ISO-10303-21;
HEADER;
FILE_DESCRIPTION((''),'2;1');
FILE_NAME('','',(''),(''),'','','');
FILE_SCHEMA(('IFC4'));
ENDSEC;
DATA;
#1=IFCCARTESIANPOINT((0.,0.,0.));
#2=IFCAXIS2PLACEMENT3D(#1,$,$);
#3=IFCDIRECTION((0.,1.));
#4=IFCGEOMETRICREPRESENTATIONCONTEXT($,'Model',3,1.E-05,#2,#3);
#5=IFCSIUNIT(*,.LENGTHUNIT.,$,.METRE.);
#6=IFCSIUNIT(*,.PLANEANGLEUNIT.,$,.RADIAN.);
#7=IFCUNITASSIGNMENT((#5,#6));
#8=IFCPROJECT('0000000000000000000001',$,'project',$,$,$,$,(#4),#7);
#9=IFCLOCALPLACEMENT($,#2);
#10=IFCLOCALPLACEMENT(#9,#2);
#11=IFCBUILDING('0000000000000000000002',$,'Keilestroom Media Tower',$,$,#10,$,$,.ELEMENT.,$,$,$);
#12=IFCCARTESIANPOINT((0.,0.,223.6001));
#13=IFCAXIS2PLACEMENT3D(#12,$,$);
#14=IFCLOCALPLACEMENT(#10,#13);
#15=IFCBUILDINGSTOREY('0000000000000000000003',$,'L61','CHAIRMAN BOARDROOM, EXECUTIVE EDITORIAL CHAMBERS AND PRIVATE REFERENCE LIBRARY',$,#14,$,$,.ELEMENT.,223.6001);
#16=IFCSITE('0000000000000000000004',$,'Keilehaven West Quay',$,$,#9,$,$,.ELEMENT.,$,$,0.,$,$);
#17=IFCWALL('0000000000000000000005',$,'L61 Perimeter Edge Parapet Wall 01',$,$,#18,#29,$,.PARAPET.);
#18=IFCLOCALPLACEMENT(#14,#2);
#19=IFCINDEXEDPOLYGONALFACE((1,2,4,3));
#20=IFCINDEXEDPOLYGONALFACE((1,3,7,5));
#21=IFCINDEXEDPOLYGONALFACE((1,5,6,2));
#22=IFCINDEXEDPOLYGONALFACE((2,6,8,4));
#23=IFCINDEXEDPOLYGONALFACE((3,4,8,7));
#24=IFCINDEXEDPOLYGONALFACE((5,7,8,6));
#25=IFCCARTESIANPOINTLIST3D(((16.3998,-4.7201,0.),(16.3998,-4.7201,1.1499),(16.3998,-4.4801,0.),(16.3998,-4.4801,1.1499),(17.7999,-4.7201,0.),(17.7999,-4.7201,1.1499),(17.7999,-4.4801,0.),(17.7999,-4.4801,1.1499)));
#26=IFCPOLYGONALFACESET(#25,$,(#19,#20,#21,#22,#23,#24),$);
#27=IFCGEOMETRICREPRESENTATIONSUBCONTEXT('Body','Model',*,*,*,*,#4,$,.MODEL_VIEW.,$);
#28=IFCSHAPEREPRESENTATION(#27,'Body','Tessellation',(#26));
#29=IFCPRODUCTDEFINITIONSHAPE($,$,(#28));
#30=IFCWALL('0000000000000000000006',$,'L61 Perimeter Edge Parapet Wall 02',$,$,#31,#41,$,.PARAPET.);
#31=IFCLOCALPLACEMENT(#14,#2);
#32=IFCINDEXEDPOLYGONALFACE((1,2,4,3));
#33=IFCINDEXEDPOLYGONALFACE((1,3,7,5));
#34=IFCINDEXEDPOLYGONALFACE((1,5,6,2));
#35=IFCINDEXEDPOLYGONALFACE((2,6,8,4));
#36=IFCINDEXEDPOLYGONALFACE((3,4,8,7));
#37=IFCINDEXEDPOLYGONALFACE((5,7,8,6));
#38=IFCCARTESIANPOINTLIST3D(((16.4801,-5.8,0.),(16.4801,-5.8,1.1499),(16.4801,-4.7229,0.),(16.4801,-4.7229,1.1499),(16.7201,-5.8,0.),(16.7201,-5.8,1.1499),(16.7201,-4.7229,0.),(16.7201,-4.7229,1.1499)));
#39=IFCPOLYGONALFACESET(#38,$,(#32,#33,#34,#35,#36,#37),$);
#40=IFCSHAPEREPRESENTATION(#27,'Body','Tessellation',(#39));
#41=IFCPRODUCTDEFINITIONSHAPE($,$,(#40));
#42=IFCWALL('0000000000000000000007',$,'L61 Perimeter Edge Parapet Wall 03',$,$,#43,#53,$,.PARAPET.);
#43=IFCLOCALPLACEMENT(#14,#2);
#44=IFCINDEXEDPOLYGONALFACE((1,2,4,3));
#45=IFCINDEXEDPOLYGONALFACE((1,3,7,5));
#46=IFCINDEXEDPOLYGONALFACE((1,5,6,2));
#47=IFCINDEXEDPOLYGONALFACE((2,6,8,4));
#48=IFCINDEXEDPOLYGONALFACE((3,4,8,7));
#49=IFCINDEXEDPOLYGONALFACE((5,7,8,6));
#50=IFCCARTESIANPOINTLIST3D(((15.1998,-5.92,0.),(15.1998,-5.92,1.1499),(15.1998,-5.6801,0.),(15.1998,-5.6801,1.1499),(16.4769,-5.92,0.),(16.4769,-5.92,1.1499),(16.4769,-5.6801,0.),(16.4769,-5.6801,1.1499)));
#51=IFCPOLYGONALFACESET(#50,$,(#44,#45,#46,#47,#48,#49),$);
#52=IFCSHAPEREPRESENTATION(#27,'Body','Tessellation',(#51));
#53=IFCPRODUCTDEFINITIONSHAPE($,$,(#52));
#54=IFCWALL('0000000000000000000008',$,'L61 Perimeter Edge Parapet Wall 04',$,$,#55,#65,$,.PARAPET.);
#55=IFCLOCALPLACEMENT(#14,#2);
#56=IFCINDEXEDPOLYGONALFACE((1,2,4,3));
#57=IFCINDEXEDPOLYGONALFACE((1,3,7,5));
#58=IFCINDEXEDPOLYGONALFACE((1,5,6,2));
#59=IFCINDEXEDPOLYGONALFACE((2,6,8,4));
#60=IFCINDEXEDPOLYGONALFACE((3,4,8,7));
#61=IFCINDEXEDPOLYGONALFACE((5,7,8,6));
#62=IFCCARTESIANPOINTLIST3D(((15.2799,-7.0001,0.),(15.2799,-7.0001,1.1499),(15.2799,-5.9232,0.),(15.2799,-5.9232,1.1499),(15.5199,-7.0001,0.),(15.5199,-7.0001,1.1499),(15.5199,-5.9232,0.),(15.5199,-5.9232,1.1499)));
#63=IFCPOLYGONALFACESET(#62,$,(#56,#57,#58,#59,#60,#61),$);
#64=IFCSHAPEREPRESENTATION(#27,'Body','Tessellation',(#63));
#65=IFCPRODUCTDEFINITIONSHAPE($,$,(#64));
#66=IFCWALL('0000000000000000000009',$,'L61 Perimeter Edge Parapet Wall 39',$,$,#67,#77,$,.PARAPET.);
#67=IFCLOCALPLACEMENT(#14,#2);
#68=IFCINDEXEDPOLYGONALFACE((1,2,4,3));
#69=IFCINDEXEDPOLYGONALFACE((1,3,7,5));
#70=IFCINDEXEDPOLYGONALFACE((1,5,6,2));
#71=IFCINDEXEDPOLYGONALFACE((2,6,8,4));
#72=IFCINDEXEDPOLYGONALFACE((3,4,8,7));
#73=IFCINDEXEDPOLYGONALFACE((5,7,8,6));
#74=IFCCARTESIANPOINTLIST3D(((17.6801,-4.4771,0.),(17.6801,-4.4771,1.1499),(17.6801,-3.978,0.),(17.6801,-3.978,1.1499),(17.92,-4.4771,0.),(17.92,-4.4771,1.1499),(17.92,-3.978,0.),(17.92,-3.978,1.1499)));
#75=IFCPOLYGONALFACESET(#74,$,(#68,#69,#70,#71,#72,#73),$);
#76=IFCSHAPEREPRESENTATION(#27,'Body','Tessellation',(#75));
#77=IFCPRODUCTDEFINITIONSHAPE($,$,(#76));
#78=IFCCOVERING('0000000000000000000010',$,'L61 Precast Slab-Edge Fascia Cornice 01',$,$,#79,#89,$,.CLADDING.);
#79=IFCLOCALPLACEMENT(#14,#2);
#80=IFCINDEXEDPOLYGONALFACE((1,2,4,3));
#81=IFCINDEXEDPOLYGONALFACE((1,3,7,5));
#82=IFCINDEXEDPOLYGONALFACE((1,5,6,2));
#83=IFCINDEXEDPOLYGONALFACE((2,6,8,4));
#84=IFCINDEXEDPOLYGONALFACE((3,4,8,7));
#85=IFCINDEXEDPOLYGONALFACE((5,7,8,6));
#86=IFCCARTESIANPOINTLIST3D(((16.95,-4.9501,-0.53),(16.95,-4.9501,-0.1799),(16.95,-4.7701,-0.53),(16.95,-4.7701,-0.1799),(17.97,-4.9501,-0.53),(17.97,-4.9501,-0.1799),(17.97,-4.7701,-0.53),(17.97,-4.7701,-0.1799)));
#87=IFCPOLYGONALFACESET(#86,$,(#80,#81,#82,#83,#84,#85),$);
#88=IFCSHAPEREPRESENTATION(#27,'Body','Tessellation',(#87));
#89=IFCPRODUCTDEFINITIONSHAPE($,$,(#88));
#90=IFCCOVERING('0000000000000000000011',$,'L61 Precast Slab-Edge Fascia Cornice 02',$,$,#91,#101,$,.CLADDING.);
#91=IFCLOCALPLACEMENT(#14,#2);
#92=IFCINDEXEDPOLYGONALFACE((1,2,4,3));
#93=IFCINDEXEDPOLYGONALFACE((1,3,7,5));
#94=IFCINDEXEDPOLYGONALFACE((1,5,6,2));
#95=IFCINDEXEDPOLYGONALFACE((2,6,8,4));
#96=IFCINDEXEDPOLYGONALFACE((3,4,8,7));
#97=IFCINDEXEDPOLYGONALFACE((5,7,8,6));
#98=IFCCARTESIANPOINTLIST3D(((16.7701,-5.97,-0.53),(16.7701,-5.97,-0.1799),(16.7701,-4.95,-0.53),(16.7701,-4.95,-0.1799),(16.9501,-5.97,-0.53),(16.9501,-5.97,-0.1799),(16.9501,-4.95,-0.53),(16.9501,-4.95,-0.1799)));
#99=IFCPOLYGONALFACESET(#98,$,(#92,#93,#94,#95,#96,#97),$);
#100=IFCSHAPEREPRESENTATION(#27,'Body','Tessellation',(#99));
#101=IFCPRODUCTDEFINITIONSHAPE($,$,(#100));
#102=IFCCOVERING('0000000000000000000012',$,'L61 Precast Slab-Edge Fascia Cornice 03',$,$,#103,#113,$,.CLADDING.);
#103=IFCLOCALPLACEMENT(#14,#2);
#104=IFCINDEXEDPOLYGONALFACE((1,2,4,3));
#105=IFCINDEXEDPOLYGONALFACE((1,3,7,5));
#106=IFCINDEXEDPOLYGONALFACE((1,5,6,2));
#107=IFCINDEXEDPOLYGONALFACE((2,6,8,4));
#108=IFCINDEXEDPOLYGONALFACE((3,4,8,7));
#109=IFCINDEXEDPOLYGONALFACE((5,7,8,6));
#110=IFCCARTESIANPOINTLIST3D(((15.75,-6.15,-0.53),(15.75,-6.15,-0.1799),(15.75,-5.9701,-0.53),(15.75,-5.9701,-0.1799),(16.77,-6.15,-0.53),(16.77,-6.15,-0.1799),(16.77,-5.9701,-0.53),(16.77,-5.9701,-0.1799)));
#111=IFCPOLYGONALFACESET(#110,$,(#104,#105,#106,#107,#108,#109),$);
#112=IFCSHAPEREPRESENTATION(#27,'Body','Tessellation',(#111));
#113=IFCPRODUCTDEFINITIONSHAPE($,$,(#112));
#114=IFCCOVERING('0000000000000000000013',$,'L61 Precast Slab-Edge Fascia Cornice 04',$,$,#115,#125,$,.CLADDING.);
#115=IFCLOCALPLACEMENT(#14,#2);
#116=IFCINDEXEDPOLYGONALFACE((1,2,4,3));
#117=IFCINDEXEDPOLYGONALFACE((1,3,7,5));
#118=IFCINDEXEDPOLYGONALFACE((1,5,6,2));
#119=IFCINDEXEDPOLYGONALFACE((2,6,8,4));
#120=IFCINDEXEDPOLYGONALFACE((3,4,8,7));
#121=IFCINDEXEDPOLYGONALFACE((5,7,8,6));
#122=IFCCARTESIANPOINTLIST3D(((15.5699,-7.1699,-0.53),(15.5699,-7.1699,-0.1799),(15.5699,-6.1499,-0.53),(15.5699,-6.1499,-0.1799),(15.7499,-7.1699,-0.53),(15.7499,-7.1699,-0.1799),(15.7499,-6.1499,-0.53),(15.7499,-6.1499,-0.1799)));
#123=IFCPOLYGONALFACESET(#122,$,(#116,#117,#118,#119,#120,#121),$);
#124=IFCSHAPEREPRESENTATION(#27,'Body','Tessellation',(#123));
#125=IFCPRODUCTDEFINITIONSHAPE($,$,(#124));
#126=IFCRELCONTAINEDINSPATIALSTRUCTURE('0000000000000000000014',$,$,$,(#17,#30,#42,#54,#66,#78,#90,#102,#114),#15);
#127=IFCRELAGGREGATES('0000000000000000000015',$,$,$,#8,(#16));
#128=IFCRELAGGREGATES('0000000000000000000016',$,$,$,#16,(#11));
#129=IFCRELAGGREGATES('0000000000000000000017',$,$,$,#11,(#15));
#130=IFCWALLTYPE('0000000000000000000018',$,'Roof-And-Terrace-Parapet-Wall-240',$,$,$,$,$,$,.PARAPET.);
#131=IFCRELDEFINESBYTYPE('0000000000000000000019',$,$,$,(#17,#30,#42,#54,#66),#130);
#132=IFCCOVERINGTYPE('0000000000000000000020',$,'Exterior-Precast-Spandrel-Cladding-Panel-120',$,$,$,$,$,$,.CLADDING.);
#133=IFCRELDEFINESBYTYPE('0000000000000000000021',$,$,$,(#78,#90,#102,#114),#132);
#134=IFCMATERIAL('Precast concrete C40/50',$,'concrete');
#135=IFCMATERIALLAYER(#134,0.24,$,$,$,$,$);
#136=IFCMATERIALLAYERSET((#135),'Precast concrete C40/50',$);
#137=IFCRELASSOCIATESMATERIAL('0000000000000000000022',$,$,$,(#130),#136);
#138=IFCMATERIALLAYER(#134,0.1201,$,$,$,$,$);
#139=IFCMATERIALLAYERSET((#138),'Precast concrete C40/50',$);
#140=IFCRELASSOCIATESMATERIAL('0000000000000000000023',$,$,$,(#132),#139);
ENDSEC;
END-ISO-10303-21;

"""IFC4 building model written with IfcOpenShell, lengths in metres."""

from ifc_helpers import new_model, si_unit, direction, frame, frame_2d, origin, origin_2d, place, context, subcontext, project, spatial, rectangle, extrude, source, transform, mapped, material, layer, layer_set, type_object, element, save


model = new_model("IFC4")

# Units and contexts
model_context = context("Model", 3, precision=1e-05, world=origin(), true_north=direction((0.0, 1.0)))
body_context = subcontext(model_context, "Body", "Model", "MODEL_VIEW")
ifc_project = project(units=[si_unit("LENGTHUNIT", "METRE"), si_unit("PLANEANGLEUNIT", "RADIAN")], contexts=[model_context])

# Site, building, storey
site_placement = place(None, origin())
site = spatial("IfcSite", under=ifc_project, at=site_placement, Name="Keilehaven West Quay", CompositionType="ELEMENT", RefElevation=0.0)
building_placement = place(site_placement, origin())
building = spatial("IfcBuilding", under=site, at=building_placement, Name="Keilestroom Media Tower", CompositionType="ELEMENT")
storey_placement = place(building_placement, frame((0.0, 0.0, 223.6001)))
storey = spatial("IfcBuildingStorey", under=building, at=storey_placement, Name="L61", Description="CHAIRMAN BOARDROOM, EXECUTIVE EDITORIAL CHAMBERS AND PRIVATE REFERENCE LIBRARY", CompositionType="ELEMENT", Elevation=223.6001)

# Shared definitions
ifc_material_1 = material(Name="Precast concrete C40/50", Category="concrete")

# Walls
ifc_layer_1 = layer(ifc_material_1, 0.24)
ifc_layer_set_1 = layer_set([ifc_layer_1], Name="Precast concrete C40/50")
wall_type = type_object("IfcWallType", Name="Roof-And-Terrace-Parapet-Wall-240", PredefinedType="PARAPET", material=ifc_layer_set_1)
wall_1_placement = place(storey_placement, frame((17.8, -4.6001, 0.0), z_axis=(0.0, 0.0, 1.0), x_axis=(-1.0, 0.0, 0.0)))
element("IfcWall", 1, at=wall_1_placement, inside=storey, type_object=wall_type, Name="L61 Perimeter Edge Parapet Wall 01", PredefinedType="PARAPET", context=body_context, shape_type="SweptSolid", body=[
    extrude(rectangle(XDim=1.4001, YDim=0.24, at=frame_2d((0.7002, 0.0))), origin(), (0.0, 0.0, 1.0), 1.1499),
])
wall_2_placement = place(storey_placement, frame((16.6001, -4.7229, 0.0), z_axis=(0.0, 0.0, 1.0), x_axis=(0.0, -1.0, 0.0)))
element("IfcWall", 2, at=wall_2_placement, inside=storey, type_object=wall_type, Name="L61 Perimeter Edge Parapet Wall 02", PredefinedType="PARAPET", context=body_context, shape_type="SweptSolid", body=[
    extrude(rectangle(XDim=1.0771, YDim=0.24, at=frame_2d((0.5386, 0.0))), origin(), (0.0, 0.0, 1.0), 1.1499),
])
wall_3_placement = place(storey_placement, frame((16.4771, -5.8, 0.0), z_axis=(0.0, 0.0, 1.0), x_axis=(-1.0, 0.0, 0.0)))
element("IfcWall", 3, at=wall_3_placement, inside=storey, type_object=wall_type, Name="L61 Perimeter Edge Parapet Wall 03", PredefinedType="PARAPET", context=body_context, shape_type="SweptSolid", body=[
    extrude(rectangle(XDim=1.2771, YDim=0.24, at=frame_2d((0.6387, 0.0))), origin(), (0.0, 0.0, 1.0), 1.1499),
])
wall_4_placement = place(storey_placement, frame((15.3999, -5.9231, 0.0), z_axis=(0.0, 0.0, 1.0), x_axis=(0.0, -1.0, 0.0)))
element("IfcWall", 4, at=wall_4_placement, inside=storey, type_object=wall_type, Name="L61 Perimeter Edge Parapet Wall 04", PredefinedType="PARAPET", context=body_context, shape_type="SweptSolid", body=[
    extrude(rectangle(XDim=1.0769, YDim=0.24, at=frame_2d((0.5386, 0.0))), origin(), (0.0, 0.0, 1.0), 1.1499),
])
wall_5_placement = place(storey_placement, frame((17.8, -3.978, 0.0), z_axis=(0.0, 0.0, 1.0), x_axis=(0.0, -1.0, 0.0)))
element("IfcWall", 5, at=wall_5_placement, inside=storey, type_object=wall_type, Name="L61 Perimeter Edge Parapet Wall 39", PredefinedType="PARAPET", context=body_context, shape_type="SweptSolid", body=[
    extrude(rectangle(XDim=0.499, YDim=0.24, at=frame_2d((0.2495, 0.0))), origin(), (0.0, 0.0, 1.0), 1.1499),
])

# Coverings
ifc_layer_2 = layer(ifc_material_1, 0.1201)
ifc_layer_set_2 = layer_set([ifc_layer_2], Name="Precast concrete C40/50")
covering_type = type_object("IfcCoveringType", Name="Exterior-Precast-Spandrel-Cladding-Panel-120", PredefinedType="CLADDING", material=ifc_layer_set_2)
shared_shape_1 = source(origin(), body_context, "Body", "SweptSolid", [
    extrude(rectangle(XDim=1.02, YDim=0.1799, at=origin_2d()), origin(), (0.0, 0.0, 1.0), 0.3501),
])
for number, where, z_axis, x_axis, name in (
    (6, (17.46, -4.8601, -0.53), (0.0, 0.0, 1.0), (-1.0, 0.0, 0.0), "L61 Precast Slab-Edge Fascia Cornice 01"),
    (7, (16.8601, -5.46, -0.53), (0.0, 0.0, 1.0), (0.0, -1.0, 0.0), "L61 Precast Slab-Edge Fascia Cornice 02"),
    (8, (16.26, -6.0601, -0.53), (0.0, 0.0, 1.0), (-1.0, 0.0, 0.0), "L61 Precast Slab-Edge Fascia Cornice 03"),
    (9, (15.6599, -6.6599, -0.53), (0.0, 0.0, 1.0), (0.0, -1.0, 0.0), "L61 Precast Slab-Edge Fascia Cornice 04"),
):
    element("IfcCovering", number, at=place(storey_placement, frame(where, z_axis=z_axis, x_axis=x_axis)), inside=storey, type_object=covering_type, Name=name, PredefinedType="CLADDING", context=body_context, shape_type="MappedRepresentation", body=[
        mapped(shared_shape_1, transform((0.0, 0.0, 0.0), x_axis=(1.0, 0.0, 0.0), y_axis=(0.0, 1.0, 0.0), z_axis=(0.0, 0.0, 1.0), scale=1.0)),
    ])

save(model, "model.ifc")
